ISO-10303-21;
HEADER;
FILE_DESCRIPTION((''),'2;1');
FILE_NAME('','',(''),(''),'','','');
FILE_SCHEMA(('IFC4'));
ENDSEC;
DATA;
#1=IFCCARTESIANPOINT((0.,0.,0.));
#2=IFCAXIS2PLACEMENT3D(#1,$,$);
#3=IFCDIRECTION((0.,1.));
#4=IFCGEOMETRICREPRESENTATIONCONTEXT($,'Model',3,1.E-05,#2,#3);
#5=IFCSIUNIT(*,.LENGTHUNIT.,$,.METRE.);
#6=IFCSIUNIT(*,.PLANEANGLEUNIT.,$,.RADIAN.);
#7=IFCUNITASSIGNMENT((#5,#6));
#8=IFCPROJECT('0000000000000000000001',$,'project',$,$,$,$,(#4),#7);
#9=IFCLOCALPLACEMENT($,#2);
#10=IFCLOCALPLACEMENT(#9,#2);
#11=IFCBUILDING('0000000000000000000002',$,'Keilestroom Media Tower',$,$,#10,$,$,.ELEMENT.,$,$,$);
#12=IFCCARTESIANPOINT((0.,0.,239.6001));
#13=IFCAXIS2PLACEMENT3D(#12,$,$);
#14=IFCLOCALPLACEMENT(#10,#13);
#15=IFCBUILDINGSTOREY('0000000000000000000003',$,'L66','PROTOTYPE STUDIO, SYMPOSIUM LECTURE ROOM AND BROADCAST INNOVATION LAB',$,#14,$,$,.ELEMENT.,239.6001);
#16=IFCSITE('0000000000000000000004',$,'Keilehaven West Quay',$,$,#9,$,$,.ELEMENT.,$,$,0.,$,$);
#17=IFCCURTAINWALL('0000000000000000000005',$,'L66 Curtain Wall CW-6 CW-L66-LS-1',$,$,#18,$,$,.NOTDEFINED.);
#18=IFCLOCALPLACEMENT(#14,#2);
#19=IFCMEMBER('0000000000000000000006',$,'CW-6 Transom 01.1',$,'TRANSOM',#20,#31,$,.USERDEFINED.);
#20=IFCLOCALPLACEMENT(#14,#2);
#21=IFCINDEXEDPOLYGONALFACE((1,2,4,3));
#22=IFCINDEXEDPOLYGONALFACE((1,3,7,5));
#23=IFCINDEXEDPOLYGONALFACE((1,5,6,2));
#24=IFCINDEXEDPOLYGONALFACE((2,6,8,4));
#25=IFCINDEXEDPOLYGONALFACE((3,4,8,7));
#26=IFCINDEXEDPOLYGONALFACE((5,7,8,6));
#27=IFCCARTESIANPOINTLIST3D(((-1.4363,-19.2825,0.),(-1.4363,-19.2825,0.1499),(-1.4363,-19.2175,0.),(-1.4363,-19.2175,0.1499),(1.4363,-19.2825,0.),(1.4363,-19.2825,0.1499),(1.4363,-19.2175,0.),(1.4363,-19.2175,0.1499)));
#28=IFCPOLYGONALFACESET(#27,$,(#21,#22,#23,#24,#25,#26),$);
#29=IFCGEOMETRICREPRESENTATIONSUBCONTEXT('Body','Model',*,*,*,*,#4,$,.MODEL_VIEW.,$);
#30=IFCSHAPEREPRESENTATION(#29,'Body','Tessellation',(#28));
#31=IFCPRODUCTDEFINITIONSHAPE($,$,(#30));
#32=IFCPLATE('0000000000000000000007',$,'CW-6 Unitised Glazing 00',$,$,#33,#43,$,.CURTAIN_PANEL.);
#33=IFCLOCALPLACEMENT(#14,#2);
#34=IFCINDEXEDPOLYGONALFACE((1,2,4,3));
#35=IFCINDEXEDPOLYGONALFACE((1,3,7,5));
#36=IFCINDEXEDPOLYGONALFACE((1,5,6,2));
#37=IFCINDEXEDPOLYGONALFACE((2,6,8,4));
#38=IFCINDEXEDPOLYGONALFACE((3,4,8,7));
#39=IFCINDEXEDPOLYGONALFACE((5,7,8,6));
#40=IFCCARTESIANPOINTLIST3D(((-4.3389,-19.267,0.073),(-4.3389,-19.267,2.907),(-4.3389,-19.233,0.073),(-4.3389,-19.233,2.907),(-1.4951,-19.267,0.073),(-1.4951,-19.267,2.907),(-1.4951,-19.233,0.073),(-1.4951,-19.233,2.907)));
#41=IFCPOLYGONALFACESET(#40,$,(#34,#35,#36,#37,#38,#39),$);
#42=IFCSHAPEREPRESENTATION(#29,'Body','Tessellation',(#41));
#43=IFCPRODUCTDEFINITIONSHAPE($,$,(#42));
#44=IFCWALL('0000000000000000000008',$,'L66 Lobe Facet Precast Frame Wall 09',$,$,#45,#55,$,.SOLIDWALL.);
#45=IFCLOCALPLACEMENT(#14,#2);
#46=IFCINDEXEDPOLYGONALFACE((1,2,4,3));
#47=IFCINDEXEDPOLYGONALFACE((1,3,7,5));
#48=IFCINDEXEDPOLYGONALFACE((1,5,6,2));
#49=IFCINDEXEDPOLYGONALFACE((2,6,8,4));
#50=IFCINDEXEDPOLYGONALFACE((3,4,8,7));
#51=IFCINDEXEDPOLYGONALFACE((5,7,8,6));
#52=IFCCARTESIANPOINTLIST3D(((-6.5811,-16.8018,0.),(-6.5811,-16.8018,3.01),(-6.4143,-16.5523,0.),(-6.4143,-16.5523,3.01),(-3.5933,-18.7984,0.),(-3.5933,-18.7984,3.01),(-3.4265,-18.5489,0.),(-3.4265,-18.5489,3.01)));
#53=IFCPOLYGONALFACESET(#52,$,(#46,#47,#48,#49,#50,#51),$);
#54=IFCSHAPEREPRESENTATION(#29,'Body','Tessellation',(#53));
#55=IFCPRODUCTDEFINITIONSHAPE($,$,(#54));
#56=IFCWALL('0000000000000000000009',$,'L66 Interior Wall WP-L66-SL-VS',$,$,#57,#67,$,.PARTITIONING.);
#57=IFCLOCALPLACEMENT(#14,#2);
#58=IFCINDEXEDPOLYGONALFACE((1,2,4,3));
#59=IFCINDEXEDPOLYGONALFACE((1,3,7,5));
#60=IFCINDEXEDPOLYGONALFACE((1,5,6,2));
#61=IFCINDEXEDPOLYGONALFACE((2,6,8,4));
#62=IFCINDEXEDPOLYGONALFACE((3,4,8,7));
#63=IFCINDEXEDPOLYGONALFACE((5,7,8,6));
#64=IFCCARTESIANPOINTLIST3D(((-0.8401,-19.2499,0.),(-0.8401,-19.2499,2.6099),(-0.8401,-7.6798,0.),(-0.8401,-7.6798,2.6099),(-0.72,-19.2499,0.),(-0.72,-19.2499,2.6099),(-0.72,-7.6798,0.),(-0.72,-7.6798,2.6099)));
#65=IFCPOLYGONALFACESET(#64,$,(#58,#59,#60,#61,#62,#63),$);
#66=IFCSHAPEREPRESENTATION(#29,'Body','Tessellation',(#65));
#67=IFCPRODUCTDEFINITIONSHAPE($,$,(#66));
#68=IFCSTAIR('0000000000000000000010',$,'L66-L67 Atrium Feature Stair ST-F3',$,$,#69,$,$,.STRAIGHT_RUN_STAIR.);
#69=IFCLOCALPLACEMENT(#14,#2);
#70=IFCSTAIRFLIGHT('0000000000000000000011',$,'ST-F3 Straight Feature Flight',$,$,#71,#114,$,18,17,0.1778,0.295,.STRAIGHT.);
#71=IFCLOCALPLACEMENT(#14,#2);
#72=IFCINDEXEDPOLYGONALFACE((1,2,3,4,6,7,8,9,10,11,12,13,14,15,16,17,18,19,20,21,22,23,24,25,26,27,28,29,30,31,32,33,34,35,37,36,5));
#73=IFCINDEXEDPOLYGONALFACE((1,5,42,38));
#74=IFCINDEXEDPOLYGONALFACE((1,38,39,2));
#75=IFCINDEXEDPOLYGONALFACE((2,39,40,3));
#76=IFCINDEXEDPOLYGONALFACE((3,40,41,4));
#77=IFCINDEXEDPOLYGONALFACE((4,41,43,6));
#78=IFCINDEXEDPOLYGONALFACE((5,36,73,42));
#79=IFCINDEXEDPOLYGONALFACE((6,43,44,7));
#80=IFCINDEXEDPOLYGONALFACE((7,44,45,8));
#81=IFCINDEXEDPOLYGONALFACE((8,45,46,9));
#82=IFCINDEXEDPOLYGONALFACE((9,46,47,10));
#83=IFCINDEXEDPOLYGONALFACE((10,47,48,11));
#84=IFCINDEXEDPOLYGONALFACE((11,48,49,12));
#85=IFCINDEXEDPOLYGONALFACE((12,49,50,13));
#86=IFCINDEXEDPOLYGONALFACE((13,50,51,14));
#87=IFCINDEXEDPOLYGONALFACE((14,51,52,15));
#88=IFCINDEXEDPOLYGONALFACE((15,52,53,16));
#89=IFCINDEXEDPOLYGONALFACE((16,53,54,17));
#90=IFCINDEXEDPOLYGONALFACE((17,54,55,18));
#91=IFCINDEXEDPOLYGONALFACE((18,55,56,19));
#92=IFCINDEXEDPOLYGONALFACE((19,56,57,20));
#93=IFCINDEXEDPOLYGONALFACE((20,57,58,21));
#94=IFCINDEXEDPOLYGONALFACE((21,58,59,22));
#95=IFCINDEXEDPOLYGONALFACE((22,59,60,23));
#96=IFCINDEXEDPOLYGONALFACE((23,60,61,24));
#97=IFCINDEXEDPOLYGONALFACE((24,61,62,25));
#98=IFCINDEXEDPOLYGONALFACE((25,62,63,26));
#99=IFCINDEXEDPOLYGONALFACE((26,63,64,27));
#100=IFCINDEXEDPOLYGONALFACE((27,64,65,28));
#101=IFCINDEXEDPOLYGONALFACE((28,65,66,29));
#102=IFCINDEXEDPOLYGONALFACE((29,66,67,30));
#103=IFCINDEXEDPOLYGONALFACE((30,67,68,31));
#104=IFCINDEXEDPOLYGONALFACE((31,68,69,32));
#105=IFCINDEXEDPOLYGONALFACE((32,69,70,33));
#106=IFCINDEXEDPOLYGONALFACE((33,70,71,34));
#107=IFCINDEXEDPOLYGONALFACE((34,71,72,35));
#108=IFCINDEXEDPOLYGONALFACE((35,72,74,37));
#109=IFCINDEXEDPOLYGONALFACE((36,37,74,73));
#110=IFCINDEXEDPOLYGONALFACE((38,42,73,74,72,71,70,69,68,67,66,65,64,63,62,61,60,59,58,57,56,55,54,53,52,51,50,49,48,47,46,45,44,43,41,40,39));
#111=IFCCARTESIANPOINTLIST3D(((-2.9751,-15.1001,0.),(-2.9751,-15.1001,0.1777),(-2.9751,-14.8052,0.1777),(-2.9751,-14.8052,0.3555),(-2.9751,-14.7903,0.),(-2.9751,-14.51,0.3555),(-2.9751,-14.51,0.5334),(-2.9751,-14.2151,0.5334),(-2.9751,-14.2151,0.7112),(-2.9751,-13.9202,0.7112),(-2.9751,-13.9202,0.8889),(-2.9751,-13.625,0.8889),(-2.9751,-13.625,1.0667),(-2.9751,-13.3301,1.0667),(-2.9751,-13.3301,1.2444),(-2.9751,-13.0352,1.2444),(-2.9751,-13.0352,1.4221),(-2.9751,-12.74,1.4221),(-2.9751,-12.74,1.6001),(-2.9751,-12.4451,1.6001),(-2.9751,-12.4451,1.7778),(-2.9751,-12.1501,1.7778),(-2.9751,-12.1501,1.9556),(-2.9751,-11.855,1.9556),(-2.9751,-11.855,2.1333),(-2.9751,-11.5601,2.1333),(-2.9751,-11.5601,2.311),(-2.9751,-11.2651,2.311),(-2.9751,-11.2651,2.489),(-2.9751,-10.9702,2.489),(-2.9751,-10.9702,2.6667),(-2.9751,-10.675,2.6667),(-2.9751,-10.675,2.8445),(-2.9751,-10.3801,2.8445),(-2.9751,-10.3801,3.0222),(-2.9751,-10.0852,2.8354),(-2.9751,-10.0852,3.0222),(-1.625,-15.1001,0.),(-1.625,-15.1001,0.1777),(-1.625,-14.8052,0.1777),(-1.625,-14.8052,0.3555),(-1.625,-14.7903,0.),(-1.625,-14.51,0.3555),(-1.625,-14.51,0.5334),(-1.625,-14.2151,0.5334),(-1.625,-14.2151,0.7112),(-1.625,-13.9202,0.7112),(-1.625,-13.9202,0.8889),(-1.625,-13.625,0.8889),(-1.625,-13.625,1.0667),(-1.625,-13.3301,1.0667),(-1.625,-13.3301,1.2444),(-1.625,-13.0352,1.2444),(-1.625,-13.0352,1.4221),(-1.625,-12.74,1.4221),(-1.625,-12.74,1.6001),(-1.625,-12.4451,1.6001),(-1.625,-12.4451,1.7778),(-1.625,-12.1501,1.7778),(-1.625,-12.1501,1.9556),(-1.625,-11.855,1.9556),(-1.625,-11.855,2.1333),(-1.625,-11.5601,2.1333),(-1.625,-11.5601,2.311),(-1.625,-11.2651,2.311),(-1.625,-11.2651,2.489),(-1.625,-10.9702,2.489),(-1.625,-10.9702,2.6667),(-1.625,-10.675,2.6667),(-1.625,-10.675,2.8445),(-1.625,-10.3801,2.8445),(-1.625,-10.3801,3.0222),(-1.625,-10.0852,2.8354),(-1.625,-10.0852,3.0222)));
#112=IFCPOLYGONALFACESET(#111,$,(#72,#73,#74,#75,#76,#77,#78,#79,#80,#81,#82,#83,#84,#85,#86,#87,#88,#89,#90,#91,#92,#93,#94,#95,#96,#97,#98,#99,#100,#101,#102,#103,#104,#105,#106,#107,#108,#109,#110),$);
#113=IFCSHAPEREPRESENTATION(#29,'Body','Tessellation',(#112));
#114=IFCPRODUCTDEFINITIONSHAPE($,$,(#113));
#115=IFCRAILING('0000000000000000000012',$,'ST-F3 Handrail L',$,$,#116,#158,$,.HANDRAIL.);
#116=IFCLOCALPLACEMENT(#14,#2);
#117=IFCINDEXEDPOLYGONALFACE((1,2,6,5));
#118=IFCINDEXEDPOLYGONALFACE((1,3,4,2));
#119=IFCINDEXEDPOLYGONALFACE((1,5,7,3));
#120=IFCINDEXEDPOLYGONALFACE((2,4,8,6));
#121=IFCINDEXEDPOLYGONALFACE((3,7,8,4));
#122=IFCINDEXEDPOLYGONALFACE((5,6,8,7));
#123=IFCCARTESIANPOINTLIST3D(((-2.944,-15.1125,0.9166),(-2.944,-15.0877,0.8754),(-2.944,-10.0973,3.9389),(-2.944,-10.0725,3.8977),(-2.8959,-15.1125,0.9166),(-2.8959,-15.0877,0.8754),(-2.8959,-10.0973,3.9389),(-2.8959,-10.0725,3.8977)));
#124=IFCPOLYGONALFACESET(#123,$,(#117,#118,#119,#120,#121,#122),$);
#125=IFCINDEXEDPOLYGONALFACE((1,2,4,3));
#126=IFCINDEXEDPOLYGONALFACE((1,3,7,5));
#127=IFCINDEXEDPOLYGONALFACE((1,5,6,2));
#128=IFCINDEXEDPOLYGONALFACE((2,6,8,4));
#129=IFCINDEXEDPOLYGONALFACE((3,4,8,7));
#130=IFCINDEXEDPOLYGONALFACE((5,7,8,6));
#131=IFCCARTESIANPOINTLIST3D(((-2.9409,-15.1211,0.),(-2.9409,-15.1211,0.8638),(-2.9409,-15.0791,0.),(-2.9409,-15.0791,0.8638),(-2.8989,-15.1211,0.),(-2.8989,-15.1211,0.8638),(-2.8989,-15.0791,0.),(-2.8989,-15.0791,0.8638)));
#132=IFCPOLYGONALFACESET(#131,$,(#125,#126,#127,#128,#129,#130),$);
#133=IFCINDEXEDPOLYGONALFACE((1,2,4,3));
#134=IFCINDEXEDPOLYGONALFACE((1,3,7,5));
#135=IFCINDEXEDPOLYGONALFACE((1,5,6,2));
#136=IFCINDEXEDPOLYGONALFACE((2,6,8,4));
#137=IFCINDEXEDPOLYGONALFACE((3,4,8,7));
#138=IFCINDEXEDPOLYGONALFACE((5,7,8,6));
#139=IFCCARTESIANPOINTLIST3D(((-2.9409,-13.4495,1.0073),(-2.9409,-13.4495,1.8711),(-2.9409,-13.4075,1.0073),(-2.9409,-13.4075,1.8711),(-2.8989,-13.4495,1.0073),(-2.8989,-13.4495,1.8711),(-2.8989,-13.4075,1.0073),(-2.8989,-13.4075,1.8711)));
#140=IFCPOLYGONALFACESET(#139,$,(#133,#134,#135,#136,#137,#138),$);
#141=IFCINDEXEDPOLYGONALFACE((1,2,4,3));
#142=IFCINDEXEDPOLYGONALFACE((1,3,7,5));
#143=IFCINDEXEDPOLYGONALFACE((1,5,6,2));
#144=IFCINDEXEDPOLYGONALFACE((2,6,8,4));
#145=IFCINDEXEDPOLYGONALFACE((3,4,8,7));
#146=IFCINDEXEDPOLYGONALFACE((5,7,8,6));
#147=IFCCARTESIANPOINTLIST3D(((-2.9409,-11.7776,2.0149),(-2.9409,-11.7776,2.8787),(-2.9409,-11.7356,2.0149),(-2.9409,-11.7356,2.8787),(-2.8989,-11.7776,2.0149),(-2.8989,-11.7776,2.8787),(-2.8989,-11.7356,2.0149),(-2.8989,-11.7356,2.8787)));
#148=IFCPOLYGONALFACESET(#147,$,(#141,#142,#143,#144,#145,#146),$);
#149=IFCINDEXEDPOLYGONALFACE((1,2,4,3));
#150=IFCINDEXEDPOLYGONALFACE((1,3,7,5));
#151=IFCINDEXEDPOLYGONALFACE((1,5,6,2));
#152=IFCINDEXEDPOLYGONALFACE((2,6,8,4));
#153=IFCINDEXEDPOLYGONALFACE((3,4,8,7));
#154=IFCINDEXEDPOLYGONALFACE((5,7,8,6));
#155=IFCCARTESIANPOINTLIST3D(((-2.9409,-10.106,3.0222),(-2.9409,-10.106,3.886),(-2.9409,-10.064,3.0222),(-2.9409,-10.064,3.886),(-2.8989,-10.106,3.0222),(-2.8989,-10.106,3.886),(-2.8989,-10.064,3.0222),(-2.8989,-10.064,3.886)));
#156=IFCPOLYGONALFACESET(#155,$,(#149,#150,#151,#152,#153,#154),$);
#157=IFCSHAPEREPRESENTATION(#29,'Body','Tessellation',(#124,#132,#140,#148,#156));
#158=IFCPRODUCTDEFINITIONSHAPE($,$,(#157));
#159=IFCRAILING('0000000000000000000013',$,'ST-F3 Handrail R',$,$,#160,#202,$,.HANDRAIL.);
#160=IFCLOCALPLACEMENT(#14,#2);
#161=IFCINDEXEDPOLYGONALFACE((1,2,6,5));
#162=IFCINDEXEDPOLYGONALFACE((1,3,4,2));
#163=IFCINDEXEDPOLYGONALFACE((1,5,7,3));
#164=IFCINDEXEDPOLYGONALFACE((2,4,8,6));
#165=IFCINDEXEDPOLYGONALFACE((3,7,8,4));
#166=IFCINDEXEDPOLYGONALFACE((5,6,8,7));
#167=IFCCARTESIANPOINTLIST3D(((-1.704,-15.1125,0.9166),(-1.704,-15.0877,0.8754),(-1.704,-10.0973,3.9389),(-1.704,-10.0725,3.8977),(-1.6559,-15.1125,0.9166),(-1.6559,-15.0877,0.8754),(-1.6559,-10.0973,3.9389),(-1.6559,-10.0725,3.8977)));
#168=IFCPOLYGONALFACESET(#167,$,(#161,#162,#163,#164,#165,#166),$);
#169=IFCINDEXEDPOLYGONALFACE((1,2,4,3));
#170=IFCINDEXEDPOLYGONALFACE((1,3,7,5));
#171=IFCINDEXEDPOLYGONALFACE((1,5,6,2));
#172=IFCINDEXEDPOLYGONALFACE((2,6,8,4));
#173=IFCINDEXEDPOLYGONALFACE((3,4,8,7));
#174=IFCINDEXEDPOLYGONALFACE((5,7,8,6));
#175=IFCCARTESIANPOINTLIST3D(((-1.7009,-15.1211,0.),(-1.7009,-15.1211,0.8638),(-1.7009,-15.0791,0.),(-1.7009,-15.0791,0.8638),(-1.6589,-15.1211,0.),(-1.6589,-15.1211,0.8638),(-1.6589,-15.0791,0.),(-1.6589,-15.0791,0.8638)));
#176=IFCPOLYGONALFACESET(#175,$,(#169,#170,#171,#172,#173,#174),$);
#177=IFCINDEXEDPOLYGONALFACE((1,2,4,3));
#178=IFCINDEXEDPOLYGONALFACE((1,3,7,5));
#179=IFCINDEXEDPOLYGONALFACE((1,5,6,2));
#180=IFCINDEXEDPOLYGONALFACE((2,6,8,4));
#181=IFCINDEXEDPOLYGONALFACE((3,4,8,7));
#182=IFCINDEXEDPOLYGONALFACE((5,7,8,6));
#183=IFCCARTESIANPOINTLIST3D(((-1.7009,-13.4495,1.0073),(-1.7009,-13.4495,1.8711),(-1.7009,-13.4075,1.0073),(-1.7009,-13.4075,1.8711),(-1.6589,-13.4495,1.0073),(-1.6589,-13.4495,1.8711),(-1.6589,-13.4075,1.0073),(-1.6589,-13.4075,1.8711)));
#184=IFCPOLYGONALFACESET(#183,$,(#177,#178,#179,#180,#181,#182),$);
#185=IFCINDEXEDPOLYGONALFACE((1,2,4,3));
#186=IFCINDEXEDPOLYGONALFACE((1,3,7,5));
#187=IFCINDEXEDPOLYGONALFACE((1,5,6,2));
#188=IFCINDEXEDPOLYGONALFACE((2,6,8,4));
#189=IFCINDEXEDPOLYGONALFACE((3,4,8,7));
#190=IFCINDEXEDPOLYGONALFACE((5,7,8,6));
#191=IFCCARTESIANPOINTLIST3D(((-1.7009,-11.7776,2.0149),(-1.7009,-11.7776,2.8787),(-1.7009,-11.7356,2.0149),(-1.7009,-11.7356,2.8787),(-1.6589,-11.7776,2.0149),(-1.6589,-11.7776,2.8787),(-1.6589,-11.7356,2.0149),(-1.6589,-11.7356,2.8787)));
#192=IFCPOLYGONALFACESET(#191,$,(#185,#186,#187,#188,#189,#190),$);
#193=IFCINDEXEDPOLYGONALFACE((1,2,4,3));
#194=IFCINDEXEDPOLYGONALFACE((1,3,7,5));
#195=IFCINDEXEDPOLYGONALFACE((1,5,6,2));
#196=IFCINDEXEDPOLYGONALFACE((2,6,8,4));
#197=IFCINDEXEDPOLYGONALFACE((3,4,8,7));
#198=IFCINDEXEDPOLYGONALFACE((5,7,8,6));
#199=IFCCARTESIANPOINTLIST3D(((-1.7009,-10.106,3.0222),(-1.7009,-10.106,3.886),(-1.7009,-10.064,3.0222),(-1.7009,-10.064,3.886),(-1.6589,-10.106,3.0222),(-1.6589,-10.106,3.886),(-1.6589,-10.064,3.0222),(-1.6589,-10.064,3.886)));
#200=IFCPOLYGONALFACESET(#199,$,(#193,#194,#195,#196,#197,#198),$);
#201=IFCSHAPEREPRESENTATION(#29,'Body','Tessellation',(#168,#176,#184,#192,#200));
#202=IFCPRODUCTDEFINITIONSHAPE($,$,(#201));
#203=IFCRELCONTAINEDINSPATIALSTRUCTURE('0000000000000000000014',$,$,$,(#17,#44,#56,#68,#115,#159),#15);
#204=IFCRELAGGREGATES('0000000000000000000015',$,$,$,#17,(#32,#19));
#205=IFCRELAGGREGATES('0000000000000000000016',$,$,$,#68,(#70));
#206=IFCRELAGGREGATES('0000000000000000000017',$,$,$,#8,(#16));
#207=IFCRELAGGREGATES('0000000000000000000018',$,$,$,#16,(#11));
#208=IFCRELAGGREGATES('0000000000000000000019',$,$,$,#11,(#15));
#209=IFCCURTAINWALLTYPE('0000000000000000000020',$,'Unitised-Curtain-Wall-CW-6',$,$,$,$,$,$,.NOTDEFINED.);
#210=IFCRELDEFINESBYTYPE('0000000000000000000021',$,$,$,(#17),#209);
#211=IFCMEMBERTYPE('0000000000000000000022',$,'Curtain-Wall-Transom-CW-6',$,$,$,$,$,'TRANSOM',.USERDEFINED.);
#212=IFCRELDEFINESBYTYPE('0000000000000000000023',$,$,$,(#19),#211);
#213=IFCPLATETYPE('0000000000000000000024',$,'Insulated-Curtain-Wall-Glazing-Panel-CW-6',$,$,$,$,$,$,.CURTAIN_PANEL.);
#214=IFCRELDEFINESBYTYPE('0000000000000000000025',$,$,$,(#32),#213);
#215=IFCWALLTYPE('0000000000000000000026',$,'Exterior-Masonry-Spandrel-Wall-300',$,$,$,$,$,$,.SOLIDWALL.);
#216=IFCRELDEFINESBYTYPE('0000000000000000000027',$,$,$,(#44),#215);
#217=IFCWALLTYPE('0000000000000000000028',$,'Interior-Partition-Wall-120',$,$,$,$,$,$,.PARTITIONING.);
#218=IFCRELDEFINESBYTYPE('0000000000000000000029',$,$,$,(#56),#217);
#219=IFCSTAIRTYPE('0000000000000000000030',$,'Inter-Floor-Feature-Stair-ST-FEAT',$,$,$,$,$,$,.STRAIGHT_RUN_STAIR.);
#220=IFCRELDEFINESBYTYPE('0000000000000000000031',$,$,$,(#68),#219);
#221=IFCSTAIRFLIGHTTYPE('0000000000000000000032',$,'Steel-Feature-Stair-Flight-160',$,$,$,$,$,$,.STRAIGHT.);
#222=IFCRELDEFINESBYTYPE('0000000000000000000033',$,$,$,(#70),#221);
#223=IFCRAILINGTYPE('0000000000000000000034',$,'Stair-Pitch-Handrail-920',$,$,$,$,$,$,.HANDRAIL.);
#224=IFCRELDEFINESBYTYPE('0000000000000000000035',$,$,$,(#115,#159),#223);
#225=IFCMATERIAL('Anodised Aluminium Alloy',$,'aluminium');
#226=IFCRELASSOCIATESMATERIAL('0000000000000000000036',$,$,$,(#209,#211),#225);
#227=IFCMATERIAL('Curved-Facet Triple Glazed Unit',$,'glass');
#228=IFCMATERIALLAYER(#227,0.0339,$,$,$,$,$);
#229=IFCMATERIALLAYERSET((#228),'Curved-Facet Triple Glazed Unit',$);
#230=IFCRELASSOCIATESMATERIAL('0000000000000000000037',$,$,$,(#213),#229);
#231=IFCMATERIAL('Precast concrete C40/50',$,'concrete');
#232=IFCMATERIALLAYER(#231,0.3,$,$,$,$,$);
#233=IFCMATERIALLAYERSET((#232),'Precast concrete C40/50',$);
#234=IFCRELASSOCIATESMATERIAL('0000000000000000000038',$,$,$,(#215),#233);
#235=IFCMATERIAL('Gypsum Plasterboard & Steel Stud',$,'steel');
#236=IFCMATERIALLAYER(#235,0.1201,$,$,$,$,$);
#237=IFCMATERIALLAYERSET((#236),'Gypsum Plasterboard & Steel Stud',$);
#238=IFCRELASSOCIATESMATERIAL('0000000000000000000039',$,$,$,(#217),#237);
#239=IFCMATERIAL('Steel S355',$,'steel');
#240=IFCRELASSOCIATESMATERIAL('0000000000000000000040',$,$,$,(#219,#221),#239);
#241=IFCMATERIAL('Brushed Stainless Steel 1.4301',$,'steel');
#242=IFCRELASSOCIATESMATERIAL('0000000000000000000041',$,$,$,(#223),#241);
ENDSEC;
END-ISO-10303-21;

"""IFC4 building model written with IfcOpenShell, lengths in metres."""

from ifc_helpers import new_model, si_unit, direction, frame, frame_2d, origin, origin_2d, place, context, subcontext, project, spatial, polyline, rectangle, outline, extrude, source, transform, mapped, material, layer, layer_set, material_profile, profile_set, type_object, element, aggregate, save


model = new_model("IFC4")

# Units and contexts
model_context = context("Model", 3, precision=1e-05, world=origin(), true_north=direction((0.0, 1.0)))
body_context = subcontext(model_context, "Body", "Model", "MODEL_VIEW")
ifc_project = project(units=[si_unit("LENGTHUNIT", "METRE"), si_unit("PLANEANGLEUNIT", "RADIAN")], contexts=[model_context])

# Site, building, storey
site_placement = place(None, origin())
site = spatial("IfcSite", under=ifc_project, at=site_placement, Name="Keilehaven West Quay", CompositionType="ELEMENT", RefElevation=0.0)
building_placement = place(site_placement, origin())
building = spatial("IfcBuilding", under=site, at=building_placement, Name="Keilestroom Media Tower", CompositionType="ELEMENT")
storey_placement = place(building_placement, frame((0.0, 0.0, 239.6001)))
storey = spatial("IfcBuildingStorey", under=building, at=storey_placement, Name="L66", Description="PROTOTYPE STUDIO, SYMPOSIUM LECTURE ROOM AND BROADCAST INNOVATION LAB", CompositionType="ELEMENT", Elevation=239.6001)

# Shared definitions
ifc_material_1 = material(Name="Steel S355", Category="steel")

# Curtain wall, member, plate
ifc_material_2 = material(Name="Anodised Aluminium Alloy", Category="aluminium")
curtain_wall_type = type_object("IfcCurtainWallType", Name="Unitised-Curtain-Wall-CW-6", PredefinedType="NOTDEFINED", material=ifc_material_2)
curtain_wall_placement = place(storey_placement, origin())
curtain_wall = element("IfcCurtainWall", 1, at=curtain_wall_placement, inside=storey, type_object=curtain_wall_type, Name="L66 Curtain Wall CW-6 CW-L66-LS-1", PredefinedType="NOTDEFINED")
ifc_material_profile_1 = material_profile(ifc_material_2, rectangle(XDim=0.0649, YDim=0.1499, at=origin_2d()), Name="ALU TRANSOM 65x150")
ifc_profile_set_1 = profile_set([ifc_material_profile_1], Name="Anodised Aluminium Alloy")
member_type_1 = type_object("IfcMemberType", Name="Curtain-Wall-Transom-CW-6", ElementType="TRANSOM", PredefinedType="USERDEFINED", material=ifc_profile_set_1)
shared_shape_1 = source(origin(), body_context, "Body", "SweptSolid", [
    extrude(rectangle(XDim=0.0649, YDim=0.1499, at=origin_2d()), origin(), (0.0, 0.0, 1.0), 2.8726),
])
member_1_placement = place(storey_placement, frame((-1.4363, -19.25, 0.075), z_axis=(1.0, 0.0, 0.0), x_axis=(0.0, 1.0, 0.0)))
member_1 = element("IfcMember", 2, at=member_1_placement, type_object=member_type_1, Name="CW-6 Transom 01.1", ObjectType="TRANSOM", PredefinedType="USERDEFINED", context=body_context, shape_type="MappedRepresentation", body=[
    mapped(shared_shape_1, transform((0.0, 0.0, 0.0), x_axis=(1.0, 0.0, 0.0), y_axis=(0.0, 1.0, 0.0), z_axis=(0.0, 0.0, 1.0), scale=1.0)),
])
ifc_material_3 = material(Name="Curved-Facet Triple Glazed Unit", Category="glass")
ifc_layer_1 = layer(ifc_material_3, 0.0339)
ifc_layer_set_1 = layer_set([ifc_layer_1], Name="Curved-Facet Triple Glazed Unit")
plate_type = type_object("IfcPlateType", Name="Insulated-Curtain-Wall-Glazing-Panel-CW-6", PredefinedType="CURTAIN_PANEL", material=ifc_layer_set_1)
shared_shape_2 = source(origin(), body_context, "Body", "SweptSolid", [
    extrude(rectangle(XDim=2.8438, YDim=0.0339, at=origin_2d()), origin(), (0.0, 0.0, 1.0), 2.834),
])
plate_placement = place(storey_placement, frame((-2.917, -19.25, 0.073), z_axis=(0.0, 0.0, 1.0), x_axis=(1.0, 0.0, 0.0)))
plate = element("IfcPlate", 3, at=plate_placement, type_object=plate_type, Name="CW-6 Unitised Glazing 00", PredefinedType="CURTAIN_PANEL", context=body_context, shape_type="MappedRepresentation", body=[
    mapped(shared_shape_2, transform((0.0, 0.0, 0.0), x_axis=(1.0, 0.0, 0.0), y_axis=(0.0, 1.0, 0.0), z_axis=(0.0, 0.0, 1.0), scale=1.0)),
])
aggregate(curtain_wall, [plate, member_1])

# Walls
ifc_material_4 = material(Name="Precast concrete C40/50", Category="concrete")
ifc_layer_2 = layer(ifc_material_4, 0.3)
ifc_layer_set_2 = layer_set([ifc_layer_2], Name="Precast concrete C40/50")
wall_type_1 = type_object("IfcWallType", Name="Exterior-Masonry-Spandrel-Wall-300", PredefinedType="SOLIDWALL", material=ifc_layer_set_2)
wall_1_placement = place(storey_placement, frame((-6.4978, -16.677, 0.0), z_axis=(0.0, 0.0, 1.0), x_axis=(0.831444, -0.555609, 0.0)))
element("IfcWall", 4, at=wall_1_placement, inside=storey, type_object=wall_type_1, Name="L66 Lobe Facet Precast Frame Wall 09", PredefinedType="SOLIDWALL", context=body_context, shape_type="SweptSolid", body=[
    extrude(rectangle(XDim=3.5935, YDim=0.3, at=frame_2d((1.7969, 0.0))), origin(), (0.0, 0.0, 1.0), 3.01),
])
ifc_material_5 = material(Name="Gypsum Plasterboard & Steel Stud", Category="steel")
ifc_layer_3 = layer(ifc_material_5, 0.1201)
ifc_layer_set_3 = layer_set([ifc_layer_3], Name="Gypsum Plasterboard & Steel Stud")
wall_type_2 = type_object("IfcWallType", Name="Interior-Partition-Wall-120", PredefinedType="PARTITIONING", material=ifc_layer_set_3)
wall_2_placement = place(storey_placement, frame((-0.78, -19.25, 0.0), z_axis=(0.0, 0.0, 1.0), x_axis=(0.0, 1.0, 0.0)))
element("IfcWall", 5, at=wall_2_placement, inside=storey, type_object=wall_type_2, Name="L66 Interior Wall WP-L66-SL-VS", PredefinedType="PARTITIONING", context=body_context, shape_type="SweptSolid", body=[
    extrude(rectangle(XDim=11.5701, YDim=0.1201, at=frame_2d((5.7852, 0.0))), origin(), (0.0, 0.0, 1.0), 2.6099),
])

# Stair, stair flight
stair_type = type_object("IfcStairType", Name="Inter-Floor-Feature-Stair-ST-FEAT", PredefinedType="STRAIGHT_RUN_STAIR", material=ifc_material_1)
stair_placement = place(storey_placement, origin())
stair = element("IfcStair", 6, at=stair_placement, inside=storey, type_object=stair_type, Name="L66-L67 Atrium Feature Stair ST-F3", PredefinedType="STRAIGHT_RUN_STAIR")
stair_flight_type = type_object("IfcStairFlightType", Name="Steel-Feature-Stair-Flight-160", PredefinedType="STRAIGHT", material=ifc_material_1)
stair_flight_placement = place(storey_placement, frame((-2.3, -15.1001, 0.0), z_axis=(0.0, 0.0, 1.0), x_axis=(0.0, 1.0, 0.0)))
stair_flight = element("IfcStairFlight", 7, at=stair_flight_placement, type_object=stair_flight_type, Name="ST-F3 Straight Feature Flight", NumberOfRisers=18, NumberOfTreads=17, PredefinedType="STRAIGHT", RiserHeight=0.1778, TreadLength=0.295, context=body_context, shape_type="SweptSolid", body=[
    extrude(outline(polyline([(0.0, 0.0), (0.0, 0.1777), (0.2949, 0.1777), (0.2949, 0.3555), (0.5901, 0.3555), (0.5901, 0.5334), (0.885, 0.5334), (0.885, 0.7112), (1.1799, 0.7112), (1.1799, 0.8889), (1.4751, 0.8889), (1.4751, 1.0667), (1.77, 1.0667), (1.77, 1.2444), (2.0649, 1.2444), (2.0649, 1.4221), (2.3601, 1.4221), (2.3601, 1.6001), (2.655, 1.6001), (2.655, 1.7778), (2.95, 1.7778), (2.95, 1.9556), (3.2451, 1.9556), (3.2451, 2.1333), (3.54, 2.1333), (3.54, 2.311), (3.835, 2.311), (3.835, 2.489), (4.1299, 2.489), (4.1299, 2.6667), (4.425, 2.6667), (4.425, 2.8445), (4.72, 2.8445), (4.72, 3.0222), (5.0149, 3.0222), (5.0149, 3.2), (5.0149, 2.8354), (0.3098, 0.0), (0.0, 0.0)])), frame((0.0, 0.675, 0.0), z_axis=(0.0, -1.0, 0.0), x_axis=(1.0, 0.0, 0.0)), (0.0, 0.0, 1.0), 1.3501),
])
aggregate(stair, [stair_flight])

# Railings
ifc_material_6 = material(Name="Brushed Stainless Steel 1.4301", Category="steel")
railing_type = type_object("IfcRailingType", Name="Stair-Pitch-Handrail-920", PredefinedType="HANDRAIL", material=ifc_material_6)
for number, where, name in (
    (8, (-2.9199, -15.1001, 0.0), "ST-F3 Handrail L"),
    (9, (-1.6799, -15.1001, 0.0), "ST-F3 Handrail R"),
):
    element("IfcRailing", number, at=place(storey_placement, frame(where)), inside=storey, type_object=railing_type, Name=name, PredefinedType="HANDRAIL", context=body_context, shape_type="SweptSolid", body=[
        extrude(rectangle(XDim=0.0481, YDim=0.0481, at=origin_2d()), frame((0.0, 0.0, 0.896), z_axis=(0.0, 0.856502, 0.516144), x_axis=(-1.0, 0.0, 0.0)), (0.0, 0.0, 1.0), 5.8555),
        extrude(rectangle(XDim=0.042, YDim=0.042, at=origin_2d()), origin(), (0.0, 0.0, 1.0), 0.8638),
        extrude(rectangle(XDim=0.042, YDim=0.042, at=origin_2d()), frame((0.0, 1.6716, 1.0073)), (0.0, 0.0, 1.0), 0.8638),
        extrude(rectangle(XDim=0.042, YDim=0.042, at=origin_2d()), frame((0.0, 3.3435, 2.0149)), (0.0, 0.0, 1.0), 0.8638),
        extrude(rectangle(XDim=0.042, YDim=0.042, at=origin_2d()), frame((0.0, 5.0151, 3.0222)), (0.0, 0.0, 1.0), 0.8638),
    ])

save(model, "model.ifc")
